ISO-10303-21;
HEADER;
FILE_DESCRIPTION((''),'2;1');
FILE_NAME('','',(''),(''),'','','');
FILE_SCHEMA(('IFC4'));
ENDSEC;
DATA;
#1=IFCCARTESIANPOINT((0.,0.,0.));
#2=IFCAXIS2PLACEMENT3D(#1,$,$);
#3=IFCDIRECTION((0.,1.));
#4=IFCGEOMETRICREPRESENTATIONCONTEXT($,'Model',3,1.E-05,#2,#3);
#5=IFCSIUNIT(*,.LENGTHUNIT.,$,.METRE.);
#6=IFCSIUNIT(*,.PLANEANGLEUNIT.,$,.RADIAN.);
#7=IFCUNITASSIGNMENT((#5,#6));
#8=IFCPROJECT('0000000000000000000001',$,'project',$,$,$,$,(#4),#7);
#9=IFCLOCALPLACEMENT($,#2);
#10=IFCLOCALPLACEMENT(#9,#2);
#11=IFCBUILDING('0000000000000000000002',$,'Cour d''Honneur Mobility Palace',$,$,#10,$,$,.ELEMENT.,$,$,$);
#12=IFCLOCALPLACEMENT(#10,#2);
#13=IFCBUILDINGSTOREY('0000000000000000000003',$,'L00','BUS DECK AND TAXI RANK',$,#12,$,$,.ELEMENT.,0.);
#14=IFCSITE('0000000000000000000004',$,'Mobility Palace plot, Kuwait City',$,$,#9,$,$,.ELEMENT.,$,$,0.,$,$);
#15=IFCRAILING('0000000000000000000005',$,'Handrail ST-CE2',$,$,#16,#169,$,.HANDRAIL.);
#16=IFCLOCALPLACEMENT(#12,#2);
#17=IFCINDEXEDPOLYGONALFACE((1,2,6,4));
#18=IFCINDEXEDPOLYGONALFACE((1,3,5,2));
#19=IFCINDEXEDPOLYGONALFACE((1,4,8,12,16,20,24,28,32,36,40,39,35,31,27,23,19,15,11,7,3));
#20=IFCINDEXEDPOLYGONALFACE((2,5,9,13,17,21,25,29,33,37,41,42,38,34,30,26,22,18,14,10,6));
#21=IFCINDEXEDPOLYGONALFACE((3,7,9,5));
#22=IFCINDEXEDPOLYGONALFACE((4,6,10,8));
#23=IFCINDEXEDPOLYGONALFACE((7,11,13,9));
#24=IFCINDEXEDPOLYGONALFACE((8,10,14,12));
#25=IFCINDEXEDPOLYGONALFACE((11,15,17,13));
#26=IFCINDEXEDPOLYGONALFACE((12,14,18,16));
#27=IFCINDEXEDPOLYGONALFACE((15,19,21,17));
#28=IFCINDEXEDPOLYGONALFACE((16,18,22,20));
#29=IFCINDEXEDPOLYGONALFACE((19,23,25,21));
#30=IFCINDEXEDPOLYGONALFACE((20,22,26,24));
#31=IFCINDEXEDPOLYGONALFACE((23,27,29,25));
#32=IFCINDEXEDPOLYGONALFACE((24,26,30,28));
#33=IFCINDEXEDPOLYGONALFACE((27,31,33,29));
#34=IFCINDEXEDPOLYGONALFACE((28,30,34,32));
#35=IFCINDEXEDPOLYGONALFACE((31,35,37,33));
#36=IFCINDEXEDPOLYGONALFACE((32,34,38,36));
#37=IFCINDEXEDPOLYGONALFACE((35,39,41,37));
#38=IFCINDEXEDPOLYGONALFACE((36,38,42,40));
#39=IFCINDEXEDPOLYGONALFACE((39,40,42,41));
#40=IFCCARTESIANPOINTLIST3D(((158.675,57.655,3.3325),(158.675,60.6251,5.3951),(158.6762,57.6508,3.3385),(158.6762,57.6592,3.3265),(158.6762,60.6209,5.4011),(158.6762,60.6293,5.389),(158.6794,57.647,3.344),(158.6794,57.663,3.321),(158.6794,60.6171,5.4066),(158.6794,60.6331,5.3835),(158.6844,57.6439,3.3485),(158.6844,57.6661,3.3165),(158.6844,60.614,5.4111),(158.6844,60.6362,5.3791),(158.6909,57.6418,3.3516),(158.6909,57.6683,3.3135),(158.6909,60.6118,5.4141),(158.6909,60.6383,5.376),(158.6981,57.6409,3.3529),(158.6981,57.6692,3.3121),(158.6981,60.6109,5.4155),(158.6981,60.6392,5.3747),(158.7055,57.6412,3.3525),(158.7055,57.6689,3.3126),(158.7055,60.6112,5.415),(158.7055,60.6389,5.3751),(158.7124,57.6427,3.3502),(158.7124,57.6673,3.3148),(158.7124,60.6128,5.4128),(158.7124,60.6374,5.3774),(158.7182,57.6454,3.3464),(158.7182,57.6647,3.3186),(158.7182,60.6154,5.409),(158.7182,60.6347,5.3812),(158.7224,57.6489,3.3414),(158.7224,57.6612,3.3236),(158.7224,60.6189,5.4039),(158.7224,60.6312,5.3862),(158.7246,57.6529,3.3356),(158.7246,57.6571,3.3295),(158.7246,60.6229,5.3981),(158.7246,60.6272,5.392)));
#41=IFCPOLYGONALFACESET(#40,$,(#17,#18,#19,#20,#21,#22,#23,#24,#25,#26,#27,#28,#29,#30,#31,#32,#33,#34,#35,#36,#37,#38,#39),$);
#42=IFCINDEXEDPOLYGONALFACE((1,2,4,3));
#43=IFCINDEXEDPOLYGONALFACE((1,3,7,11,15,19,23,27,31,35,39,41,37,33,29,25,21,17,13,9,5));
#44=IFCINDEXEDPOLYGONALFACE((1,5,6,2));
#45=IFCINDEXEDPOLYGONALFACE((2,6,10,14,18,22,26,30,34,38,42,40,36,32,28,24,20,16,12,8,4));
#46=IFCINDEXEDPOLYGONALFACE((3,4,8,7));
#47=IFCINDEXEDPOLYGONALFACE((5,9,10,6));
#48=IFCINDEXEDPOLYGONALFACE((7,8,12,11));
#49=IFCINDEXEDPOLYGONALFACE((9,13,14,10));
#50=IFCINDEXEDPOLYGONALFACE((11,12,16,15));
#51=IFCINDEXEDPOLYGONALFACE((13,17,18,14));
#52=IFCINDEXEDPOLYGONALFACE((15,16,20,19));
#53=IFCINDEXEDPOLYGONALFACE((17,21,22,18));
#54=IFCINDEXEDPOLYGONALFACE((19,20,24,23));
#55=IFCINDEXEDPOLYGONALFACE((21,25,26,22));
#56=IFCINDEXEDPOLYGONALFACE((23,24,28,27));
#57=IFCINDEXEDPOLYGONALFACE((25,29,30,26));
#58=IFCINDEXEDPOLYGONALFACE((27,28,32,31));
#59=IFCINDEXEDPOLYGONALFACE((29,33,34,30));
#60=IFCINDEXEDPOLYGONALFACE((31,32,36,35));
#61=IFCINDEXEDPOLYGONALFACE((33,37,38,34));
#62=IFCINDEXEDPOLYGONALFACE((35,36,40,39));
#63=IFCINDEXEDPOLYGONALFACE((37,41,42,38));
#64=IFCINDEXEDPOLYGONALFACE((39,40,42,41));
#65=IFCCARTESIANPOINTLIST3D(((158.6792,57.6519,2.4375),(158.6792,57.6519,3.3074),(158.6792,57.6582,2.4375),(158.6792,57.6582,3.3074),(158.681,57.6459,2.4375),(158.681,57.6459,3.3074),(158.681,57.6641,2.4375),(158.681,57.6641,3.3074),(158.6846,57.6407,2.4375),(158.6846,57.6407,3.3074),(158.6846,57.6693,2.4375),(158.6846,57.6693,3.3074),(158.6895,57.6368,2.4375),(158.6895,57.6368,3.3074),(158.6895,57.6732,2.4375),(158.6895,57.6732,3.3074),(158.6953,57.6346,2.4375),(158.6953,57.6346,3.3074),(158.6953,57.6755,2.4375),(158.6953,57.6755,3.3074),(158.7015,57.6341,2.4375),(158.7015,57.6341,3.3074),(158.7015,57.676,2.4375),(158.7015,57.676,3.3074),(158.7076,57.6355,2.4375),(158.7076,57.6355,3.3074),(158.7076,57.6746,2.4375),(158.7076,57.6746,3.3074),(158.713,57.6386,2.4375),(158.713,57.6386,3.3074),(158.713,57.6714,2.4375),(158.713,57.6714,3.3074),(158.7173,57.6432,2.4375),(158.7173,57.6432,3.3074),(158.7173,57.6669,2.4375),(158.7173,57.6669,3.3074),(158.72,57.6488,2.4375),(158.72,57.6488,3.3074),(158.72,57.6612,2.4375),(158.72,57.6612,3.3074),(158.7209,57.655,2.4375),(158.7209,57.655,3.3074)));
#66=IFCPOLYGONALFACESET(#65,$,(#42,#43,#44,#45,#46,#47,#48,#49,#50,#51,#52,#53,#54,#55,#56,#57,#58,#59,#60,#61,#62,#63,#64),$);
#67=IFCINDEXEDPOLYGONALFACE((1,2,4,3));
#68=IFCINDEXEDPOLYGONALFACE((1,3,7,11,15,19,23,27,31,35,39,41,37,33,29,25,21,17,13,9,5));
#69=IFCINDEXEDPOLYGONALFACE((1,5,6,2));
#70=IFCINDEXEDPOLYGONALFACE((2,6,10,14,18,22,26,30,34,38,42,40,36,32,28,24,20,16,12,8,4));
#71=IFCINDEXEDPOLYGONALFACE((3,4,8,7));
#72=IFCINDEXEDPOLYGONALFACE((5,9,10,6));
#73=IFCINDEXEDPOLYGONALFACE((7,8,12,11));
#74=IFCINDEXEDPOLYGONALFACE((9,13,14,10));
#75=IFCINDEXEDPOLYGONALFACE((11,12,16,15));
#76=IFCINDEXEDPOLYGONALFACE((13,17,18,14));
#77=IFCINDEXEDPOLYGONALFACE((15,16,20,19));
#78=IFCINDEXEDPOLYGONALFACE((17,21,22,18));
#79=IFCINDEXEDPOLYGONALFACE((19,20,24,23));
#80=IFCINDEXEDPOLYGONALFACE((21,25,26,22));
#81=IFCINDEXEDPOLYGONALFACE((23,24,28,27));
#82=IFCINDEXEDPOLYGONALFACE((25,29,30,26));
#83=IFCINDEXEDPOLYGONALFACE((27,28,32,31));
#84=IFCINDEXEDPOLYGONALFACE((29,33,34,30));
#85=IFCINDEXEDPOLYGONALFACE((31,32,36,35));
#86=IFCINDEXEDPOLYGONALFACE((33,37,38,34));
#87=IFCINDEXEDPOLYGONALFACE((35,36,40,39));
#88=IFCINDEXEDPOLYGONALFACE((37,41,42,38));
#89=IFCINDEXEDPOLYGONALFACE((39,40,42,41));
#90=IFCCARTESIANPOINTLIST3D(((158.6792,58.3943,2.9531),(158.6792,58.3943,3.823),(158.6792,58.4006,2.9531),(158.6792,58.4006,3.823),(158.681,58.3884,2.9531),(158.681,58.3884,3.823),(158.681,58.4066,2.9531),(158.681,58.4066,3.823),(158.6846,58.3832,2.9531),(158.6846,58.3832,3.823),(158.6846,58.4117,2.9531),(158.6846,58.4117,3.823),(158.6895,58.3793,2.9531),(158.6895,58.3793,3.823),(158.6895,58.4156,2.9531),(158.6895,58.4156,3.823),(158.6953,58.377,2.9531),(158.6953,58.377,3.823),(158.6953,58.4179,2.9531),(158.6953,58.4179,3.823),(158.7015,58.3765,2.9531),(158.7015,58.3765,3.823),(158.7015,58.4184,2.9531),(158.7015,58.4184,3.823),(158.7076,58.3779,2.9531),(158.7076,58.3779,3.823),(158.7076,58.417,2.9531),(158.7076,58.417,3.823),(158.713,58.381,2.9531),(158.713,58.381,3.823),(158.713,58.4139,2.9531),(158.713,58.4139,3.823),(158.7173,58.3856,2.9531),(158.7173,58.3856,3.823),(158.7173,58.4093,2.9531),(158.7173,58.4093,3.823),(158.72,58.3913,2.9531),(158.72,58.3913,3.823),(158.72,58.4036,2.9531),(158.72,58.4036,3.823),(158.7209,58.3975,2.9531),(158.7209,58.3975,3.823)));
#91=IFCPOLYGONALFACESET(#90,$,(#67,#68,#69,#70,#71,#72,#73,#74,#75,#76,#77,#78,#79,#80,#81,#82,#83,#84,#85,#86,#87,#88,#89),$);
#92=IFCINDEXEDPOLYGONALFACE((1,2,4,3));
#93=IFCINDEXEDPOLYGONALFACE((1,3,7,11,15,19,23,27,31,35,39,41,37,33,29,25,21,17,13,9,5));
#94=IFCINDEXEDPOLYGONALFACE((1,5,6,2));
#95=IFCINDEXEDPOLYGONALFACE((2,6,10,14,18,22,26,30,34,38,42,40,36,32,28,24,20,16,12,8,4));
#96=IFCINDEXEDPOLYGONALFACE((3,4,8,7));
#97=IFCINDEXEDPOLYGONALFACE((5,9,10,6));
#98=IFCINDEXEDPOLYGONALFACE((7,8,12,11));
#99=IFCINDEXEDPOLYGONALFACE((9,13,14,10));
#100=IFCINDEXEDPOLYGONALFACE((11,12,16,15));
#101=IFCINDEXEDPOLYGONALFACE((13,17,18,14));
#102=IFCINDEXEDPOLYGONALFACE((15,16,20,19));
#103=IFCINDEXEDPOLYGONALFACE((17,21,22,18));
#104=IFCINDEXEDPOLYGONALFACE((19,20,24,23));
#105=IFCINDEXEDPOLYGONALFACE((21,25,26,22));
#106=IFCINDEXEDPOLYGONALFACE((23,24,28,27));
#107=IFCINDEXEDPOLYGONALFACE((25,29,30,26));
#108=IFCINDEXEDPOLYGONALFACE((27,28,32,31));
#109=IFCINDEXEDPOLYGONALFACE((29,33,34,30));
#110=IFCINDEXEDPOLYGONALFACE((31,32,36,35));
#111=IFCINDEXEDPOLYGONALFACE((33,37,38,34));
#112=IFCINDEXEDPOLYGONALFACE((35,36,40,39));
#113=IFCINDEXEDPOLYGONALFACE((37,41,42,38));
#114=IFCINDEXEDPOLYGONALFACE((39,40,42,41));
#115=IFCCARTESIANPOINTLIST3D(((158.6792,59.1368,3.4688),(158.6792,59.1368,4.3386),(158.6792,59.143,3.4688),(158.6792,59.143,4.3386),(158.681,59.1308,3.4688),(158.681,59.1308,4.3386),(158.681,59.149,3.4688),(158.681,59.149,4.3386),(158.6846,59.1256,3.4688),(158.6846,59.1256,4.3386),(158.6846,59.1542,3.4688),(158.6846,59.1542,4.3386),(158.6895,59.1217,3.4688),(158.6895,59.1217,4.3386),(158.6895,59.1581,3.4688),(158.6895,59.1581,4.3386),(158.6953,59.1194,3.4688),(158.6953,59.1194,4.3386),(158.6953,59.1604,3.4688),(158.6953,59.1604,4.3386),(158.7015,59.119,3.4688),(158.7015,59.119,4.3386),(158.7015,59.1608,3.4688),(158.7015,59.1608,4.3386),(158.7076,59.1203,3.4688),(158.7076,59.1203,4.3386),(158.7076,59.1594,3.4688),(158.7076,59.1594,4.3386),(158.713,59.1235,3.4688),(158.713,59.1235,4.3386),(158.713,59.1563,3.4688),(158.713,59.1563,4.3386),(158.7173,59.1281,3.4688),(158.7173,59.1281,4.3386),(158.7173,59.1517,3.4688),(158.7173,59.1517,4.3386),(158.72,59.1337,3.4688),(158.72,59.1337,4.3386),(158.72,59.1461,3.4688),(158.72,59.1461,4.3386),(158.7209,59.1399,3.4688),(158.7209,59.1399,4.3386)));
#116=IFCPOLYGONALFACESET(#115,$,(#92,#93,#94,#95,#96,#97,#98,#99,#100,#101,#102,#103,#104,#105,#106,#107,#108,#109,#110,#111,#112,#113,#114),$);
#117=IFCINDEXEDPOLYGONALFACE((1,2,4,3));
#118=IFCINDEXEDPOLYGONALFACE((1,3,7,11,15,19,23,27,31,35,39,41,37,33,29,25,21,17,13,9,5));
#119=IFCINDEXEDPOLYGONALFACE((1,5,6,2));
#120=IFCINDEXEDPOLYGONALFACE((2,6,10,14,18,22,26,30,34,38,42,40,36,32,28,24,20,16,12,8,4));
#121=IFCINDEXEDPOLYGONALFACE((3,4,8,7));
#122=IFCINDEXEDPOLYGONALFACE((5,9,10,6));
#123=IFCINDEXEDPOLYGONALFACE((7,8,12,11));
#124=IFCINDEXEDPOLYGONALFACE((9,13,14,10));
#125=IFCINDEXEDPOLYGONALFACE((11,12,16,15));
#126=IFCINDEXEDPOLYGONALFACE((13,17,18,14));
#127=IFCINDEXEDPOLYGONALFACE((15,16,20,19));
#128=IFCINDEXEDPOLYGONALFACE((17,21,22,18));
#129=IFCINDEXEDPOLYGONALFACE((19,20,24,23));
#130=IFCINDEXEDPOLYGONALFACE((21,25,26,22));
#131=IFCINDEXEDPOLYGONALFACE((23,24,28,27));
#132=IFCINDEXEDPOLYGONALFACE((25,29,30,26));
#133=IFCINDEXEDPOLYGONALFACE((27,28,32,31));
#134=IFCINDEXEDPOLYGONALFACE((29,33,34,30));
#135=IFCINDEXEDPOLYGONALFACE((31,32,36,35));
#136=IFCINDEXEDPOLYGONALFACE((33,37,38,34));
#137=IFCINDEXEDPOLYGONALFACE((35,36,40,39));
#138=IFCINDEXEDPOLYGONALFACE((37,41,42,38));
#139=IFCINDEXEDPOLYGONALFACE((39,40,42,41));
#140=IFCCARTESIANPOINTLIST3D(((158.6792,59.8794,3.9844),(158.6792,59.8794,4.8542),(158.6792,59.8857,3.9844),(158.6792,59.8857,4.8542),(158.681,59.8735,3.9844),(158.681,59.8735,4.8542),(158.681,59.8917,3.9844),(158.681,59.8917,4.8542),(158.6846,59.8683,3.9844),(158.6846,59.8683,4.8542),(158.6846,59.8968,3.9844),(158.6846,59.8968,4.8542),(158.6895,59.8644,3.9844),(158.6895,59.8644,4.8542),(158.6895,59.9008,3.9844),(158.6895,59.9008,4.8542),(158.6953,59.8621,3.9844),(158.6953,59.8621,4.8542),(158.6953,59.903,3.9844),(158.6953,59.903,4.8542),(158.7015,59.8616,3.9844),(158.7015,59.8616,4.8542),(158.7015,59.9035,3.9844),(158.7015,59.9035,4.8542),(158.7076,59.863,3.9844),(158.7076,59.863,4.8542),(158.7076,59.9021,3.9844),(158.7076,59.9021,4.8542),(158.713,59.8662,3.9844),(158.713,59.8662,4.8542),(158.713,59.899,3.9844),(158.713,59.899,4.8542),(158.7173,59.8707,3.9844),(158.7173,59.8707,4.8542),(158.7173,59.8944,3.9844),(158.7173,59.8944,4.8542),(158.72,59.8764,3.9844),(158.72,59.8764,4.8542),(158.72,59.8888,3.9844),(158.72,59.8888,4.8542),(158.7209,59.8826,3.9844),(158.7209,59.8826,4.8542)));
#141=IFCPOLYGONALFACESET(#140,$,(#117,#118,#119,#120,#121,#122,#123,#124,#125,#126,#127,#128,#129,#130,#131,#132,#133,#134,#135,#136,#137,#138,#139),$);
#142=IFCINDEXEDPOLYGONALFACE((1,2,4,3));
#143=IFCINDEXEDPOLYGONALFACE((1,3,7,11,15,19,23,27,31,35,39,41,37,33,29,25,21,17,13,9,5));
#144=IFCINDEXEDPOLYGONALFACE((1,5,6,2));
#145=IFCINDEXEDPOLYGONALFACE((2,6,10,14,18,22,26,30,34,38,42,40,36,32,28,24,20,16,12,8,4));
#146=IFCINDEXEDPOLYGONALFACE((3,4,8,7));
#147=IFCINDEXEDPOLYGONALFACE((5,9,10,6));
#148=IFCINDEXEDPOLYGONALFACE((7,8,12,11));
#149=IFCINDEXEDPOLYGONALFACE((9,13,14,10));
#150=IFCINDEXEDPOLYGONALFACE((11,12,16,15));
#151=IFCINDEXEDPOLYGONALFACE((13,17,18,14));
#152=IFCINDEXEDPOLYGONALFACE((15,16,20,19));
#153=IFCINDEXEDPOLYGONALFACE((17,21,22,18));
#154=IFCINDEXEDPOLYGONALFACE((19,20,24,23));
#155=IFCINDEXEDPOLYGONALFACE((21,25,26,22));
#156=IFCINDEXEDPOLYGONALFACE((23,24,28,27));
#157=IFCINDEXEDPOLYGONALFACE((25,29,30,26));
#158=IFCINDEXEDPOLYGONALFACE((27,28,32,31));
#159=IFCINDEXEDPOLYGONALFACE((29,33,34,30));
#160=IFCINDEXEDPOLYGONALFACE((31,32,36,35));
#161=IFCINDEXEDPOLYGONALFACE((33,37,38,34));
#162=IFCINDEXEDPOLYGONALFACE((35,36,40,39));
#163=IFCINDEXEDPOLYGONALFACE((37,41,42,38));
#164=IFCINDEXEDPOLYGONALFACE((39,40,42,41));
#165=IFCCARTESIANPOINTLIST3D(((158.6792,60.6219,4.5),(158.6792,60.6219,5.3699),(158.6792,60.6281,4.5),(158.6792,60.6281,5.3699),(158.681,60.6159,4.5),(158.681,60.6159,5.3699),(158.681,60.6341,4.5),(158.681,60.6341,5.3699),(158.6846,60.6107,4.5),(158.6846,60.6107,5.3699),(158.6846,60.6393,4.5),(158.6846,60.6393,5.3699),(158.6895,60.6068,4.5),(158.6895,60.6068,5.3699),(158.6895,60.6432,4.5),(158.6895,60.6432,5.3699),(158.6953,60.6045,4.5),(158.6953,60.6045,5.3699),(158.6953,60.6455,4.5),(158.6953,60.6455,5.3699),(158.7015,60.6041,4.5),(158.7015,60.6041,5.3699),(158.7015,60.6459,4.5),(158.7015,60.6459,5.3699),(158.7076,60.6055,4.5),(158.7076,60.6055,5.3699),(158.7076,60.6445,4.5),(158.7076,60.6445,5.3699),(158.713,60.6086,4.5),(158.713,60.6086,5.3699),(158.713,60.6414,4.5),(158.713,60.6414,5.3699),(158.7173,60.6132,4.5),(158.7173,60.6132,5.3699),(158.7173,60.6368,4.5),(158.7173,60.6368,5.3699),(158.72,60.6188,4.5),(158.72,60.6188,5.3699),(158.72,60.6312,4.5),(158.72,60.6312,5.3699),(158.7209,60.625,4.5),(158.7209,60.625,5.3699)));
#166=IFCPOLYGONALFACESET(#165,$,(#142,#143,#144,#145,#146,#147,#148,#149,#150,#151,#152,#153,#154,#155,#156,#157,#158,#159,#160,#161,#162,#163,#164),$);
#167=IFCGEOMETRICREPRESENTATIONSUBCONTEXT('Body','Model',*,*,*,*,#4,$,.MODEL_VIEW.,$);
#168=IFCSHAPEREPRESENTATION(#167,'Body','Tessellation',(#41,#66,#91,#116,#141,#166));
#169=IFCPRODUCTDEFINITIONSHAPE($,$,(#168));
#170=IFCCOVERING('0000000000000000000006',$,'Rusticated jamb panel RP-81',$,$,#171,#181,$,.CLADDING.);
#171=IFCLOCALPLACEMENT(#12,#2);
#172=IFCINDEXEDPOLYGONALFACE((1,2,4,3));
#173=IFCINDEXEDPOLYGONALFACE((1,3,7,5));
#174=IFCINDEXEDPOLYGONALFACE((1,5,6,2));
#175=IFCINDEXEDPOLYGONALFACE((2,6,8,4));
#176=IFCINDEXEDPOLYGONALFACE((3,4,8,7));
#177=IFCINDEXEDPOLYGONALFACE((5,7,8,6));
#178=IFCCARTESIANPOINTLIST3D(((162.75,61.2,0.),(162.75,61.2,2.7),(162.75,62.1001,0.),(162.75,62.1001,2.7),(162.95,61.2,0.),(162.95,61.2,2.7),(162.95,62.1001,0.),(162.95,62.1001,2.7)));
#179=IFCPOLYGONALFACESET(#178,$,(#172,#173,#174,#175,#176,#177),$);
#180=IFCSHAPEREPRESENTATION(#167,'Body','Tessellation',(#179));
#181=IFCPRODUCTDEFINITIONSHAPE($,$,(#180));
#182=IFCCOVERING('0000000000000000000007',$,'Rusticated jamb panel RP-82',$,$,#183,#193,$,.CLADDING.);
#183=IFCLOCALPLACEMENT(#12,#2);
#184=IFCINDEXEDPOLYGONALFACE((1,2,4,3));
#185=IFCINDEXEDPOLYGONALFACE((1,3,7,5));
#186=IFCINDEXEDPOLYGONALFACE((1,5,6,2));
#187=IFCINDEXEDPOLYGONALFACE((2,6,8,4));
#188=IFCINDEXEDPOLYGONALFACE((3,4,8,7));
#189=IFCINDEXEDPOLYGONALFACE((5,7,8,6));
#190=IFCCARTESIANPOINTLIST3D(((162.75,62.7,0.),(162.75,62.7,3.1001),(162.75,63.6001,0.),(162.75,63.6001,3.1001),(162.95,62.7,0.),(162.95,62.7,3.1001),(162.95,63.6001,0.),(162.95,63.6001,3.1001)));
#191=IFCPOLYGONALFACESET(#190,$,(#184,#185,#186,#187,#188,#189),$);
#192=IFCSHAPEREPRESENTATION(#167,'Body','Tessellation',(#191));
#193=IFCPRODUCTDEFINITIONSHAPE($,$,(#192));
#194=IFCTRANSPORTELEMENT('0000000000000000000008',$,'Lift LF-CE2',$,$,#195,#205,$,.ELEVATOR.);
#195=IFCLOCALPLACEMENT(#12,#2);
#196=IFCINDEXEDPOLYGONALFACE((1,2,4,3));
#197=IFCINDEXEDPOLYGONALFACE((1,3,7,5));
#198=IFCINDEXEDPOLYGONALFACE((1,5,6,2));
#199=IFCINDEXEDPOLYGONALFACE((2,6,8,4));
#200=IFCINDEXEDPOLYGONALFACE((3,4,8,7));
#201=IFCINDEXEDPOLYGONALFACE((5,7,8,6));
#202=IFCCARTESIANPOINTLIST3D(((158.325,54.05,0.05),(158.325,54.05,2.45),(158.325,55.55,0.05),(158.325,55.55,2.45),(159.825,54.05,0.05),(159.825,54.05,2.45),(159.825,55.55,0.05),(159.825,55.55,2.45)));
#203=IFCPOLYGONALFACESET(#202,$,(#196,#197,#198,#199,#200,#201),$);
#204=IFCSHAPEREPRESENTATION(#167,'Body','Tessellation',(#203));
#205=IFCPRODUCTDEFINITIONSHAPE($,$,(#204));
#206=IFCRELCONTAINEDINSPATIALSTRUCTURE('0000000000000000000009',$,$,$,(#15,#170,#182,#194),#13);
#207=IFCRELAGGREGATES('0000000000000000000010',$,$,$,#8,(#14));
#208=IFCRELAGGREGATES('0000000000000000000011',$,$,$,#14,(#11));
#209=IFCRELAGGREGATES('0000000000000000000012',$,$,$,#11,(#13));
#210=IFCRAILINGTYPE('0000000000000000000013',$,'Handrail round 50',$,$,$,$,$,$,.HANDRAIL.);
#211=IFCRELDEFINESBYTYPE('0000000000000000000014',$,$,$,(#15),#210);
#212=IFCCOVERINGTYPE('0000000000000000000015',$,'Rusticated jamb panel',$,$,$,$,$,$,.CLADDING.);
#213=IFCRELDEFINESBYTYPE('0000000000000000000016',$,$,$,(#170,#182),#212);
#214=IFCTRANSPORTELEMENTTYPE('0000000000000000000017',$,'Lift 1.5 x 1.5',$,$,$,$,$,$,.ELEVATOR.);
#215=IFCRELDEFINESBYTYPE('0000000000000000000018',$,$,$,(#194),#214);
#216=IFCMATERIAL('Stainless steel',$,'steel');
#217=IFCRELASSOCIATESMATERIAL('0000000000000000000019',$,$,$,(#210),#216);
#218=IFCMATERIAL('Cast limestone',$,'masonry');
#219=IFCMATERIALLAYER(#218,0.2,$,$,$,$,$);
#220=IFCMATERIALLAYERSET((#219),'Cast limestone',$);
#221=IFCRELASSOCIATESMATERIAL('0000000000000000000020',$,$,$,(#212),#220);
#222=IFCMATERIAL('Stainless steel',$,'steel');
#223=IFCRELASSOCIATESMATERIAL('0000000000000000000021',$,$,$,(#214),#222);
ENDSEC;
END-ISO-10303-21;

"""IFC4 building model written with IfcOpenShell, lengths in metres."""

from ifc_helpers import new_model, si_unit, direction, frame, origin, origin_2d, place, context, subcontext, project, spatial, polyline, rectangle, circle, outline, extrude, material, layer, layer_set, type_object, element, save


model = new_model("IFC4")

# Units and contexts
model_context = context("Model", 3, precision=1e-05, world=origin(), true_north=direction((0.0, 1.0)))
body_context = subcontext(model_context, "Body", "Model", "MODEL_VIEW")
ifc_project = project(units=[si_unit("LENGTHUNIT", "METRE"), si_unit("PLANEANGLEUNIT", "RADIAN")], contexts=[model_context])

# Site, building, storey
site_placement = place(None, origin())
site = spatial("IfcSite", under=ifc_project, at=site_placement, Name="Mobility Palace plot, Kuwait City", CompositionType="ELEMENT", RefElevation=0.0)
building_placement = place(site_placement, origin())
building = spatial("IfcBuilding", under=site, at=building_placement, Name="Cour d'Honneur Mobility Palace", CompositionType="ELEMENT")
storey_placement = place(building_placement, origin())
storey = spatial("IfcBuildingStorey", under=building, at=storey_placement, Name="L00", Description="BUS DECK AND TAXI RANK", CompositionType="ELEMENT", Elevation=0.0)

# Railing
ifc_material_1 = material(Name="Stainless steel", Category="steel")
railing_type_1 = type_object("IfcRailingType", Name="Handrail round 50", PredefinedType="HANDRAIL", material=ifc_material_1)
railing_1_placement = place(storey_placement, frame((158.7, 57.655, 2.4375)))
element("IfcRailing", 1, at=railing_1_placement, inside=storey, type_object=railing_type_1, Name="Handrail ST-CE2", PredefinedType="HANDRAIL", context=body_context, shape_type="SweptSolid", body=[
    extrude(circle(Radius=0.0249, at=origin_2d()), frame((0.0, 0.0, 0.895), z_axis=(0.0, 0.821367, 0.5704), x_axis=(-1.0, 0.0, 0.0)), (0.0, 0.0, 1.0), 3.616),
    extrude(circle(Radius=0.021, at=origin_2d()), origin(), (0.0, 0.0, 1.0), 0.8699),
    extrude(circle(Radius=0.021, at=origin_2d()), frame((0.0, 0.7424, 0.5156)), (0.0, 0.0, 1.0), 0.8699),
    extrude(circle(Radius=0.021, at=origin_2d()), frame((0.0, 1.4849, 1.0312)), (0.0, 0.0, 1.0), 0.8699),
    extrude(circle(Radius=0.021, at=origin_2d()), frame((0.0, 2.2275, 1.5469)), (0.0, 0.0, 1.0), 0.8699),
    extrude(circle(Radius=0.021, at=origin_2d()), frame((0.0, 2.97, 2.0625)), (0.0, 0.0, 1.0), 0.8699),
])

# Coverings
ifc_material_2 = material(Name="Cast limestone", Category="masonry")
ifc_layer_1 = layer(ifc_material_2, 0.2)
ifc_layer_set_1 = layer_set([ifc_layer_1], Name="Cast limestone")
covering_type_1 = type_object("IfcCoveringType", Name="Rusticated jamb panel", PredefinedType="CLADDING", material=ifc_layer_set_1)
covering_1_placement = place(storey_placement, frame((162.95, 61.2, 0.0), z_axis=(1.0, 0.0, 0.0), x_axis=(0.0, 1.0, 0.0)))
element("IfcCovering", 2, at=covering_1_placement, inside=storey, type_object=covering_type_1, Name="Rusticated jamb panel RP-81", PredefinedType="CLADDING", context=body_context, shape_type="SweptSolid", body=[
    extrude(outline(polyline([(0.0, 0.0), (0.9001, 0.0), (0.9001, 2.7), (0.0, 2.7), (0.0, 0.0)])), origin(), (0.0, 0.0, -1.0), 0.2),
])
covering_2_placement = place(storey_placement, frame((162.95, 62.7, 0.0), z_axis=(1.0, 0.0, 0.0), x_axis=(0.0, 1.0, 0.0)))
element("IfcCovering", 3, at=covering_2_placement, inside=storey, type_object=covering_type_1, Name="Rusticated jamb panel RP-82", PredefinedType="CLADDING", context=body_context, shape_type="SweptSolid", body=[
    extrude(outline(polyline([(0.0, 0.0), (0.9001, 0.0), (0.9001, 3.1001), (0.0, 3.1001), (0.0, 0.0)])), origin(), (0.0, 0.0, -1.0), 0.2),
])

# Transport element
ifc_material_3 = material(Name="Stainless steel", Category="steel")
transport_element_type = type_object("IfcTransportElementType", Name="Lift 1.5 x 1.5", PredefinedType="ELEVATOR", material=ifc_material_3)
transport_element_placement = place(storey_placement, frame((159.075, 54.8, 0.05), z_axis=(0.0, 0.0, 1.0), x_axis=(1.0, 0.0, 0.0)))
element("IfcTransportElement", 4, at=transport_element_placement, inside=storey, type_object=transport_element_type, Name="Lift LF-CE2", PredefinedType="ELEVATOR", context=body_context, shape_type="SweptSolid", body=[
    extrude(rectangle(XDim=1.5, YDim=1.5, at=origin_2d()), origin(), (0.0, 0.0, 1.0), 2.3999),
])

save(model, "model.ifc")
